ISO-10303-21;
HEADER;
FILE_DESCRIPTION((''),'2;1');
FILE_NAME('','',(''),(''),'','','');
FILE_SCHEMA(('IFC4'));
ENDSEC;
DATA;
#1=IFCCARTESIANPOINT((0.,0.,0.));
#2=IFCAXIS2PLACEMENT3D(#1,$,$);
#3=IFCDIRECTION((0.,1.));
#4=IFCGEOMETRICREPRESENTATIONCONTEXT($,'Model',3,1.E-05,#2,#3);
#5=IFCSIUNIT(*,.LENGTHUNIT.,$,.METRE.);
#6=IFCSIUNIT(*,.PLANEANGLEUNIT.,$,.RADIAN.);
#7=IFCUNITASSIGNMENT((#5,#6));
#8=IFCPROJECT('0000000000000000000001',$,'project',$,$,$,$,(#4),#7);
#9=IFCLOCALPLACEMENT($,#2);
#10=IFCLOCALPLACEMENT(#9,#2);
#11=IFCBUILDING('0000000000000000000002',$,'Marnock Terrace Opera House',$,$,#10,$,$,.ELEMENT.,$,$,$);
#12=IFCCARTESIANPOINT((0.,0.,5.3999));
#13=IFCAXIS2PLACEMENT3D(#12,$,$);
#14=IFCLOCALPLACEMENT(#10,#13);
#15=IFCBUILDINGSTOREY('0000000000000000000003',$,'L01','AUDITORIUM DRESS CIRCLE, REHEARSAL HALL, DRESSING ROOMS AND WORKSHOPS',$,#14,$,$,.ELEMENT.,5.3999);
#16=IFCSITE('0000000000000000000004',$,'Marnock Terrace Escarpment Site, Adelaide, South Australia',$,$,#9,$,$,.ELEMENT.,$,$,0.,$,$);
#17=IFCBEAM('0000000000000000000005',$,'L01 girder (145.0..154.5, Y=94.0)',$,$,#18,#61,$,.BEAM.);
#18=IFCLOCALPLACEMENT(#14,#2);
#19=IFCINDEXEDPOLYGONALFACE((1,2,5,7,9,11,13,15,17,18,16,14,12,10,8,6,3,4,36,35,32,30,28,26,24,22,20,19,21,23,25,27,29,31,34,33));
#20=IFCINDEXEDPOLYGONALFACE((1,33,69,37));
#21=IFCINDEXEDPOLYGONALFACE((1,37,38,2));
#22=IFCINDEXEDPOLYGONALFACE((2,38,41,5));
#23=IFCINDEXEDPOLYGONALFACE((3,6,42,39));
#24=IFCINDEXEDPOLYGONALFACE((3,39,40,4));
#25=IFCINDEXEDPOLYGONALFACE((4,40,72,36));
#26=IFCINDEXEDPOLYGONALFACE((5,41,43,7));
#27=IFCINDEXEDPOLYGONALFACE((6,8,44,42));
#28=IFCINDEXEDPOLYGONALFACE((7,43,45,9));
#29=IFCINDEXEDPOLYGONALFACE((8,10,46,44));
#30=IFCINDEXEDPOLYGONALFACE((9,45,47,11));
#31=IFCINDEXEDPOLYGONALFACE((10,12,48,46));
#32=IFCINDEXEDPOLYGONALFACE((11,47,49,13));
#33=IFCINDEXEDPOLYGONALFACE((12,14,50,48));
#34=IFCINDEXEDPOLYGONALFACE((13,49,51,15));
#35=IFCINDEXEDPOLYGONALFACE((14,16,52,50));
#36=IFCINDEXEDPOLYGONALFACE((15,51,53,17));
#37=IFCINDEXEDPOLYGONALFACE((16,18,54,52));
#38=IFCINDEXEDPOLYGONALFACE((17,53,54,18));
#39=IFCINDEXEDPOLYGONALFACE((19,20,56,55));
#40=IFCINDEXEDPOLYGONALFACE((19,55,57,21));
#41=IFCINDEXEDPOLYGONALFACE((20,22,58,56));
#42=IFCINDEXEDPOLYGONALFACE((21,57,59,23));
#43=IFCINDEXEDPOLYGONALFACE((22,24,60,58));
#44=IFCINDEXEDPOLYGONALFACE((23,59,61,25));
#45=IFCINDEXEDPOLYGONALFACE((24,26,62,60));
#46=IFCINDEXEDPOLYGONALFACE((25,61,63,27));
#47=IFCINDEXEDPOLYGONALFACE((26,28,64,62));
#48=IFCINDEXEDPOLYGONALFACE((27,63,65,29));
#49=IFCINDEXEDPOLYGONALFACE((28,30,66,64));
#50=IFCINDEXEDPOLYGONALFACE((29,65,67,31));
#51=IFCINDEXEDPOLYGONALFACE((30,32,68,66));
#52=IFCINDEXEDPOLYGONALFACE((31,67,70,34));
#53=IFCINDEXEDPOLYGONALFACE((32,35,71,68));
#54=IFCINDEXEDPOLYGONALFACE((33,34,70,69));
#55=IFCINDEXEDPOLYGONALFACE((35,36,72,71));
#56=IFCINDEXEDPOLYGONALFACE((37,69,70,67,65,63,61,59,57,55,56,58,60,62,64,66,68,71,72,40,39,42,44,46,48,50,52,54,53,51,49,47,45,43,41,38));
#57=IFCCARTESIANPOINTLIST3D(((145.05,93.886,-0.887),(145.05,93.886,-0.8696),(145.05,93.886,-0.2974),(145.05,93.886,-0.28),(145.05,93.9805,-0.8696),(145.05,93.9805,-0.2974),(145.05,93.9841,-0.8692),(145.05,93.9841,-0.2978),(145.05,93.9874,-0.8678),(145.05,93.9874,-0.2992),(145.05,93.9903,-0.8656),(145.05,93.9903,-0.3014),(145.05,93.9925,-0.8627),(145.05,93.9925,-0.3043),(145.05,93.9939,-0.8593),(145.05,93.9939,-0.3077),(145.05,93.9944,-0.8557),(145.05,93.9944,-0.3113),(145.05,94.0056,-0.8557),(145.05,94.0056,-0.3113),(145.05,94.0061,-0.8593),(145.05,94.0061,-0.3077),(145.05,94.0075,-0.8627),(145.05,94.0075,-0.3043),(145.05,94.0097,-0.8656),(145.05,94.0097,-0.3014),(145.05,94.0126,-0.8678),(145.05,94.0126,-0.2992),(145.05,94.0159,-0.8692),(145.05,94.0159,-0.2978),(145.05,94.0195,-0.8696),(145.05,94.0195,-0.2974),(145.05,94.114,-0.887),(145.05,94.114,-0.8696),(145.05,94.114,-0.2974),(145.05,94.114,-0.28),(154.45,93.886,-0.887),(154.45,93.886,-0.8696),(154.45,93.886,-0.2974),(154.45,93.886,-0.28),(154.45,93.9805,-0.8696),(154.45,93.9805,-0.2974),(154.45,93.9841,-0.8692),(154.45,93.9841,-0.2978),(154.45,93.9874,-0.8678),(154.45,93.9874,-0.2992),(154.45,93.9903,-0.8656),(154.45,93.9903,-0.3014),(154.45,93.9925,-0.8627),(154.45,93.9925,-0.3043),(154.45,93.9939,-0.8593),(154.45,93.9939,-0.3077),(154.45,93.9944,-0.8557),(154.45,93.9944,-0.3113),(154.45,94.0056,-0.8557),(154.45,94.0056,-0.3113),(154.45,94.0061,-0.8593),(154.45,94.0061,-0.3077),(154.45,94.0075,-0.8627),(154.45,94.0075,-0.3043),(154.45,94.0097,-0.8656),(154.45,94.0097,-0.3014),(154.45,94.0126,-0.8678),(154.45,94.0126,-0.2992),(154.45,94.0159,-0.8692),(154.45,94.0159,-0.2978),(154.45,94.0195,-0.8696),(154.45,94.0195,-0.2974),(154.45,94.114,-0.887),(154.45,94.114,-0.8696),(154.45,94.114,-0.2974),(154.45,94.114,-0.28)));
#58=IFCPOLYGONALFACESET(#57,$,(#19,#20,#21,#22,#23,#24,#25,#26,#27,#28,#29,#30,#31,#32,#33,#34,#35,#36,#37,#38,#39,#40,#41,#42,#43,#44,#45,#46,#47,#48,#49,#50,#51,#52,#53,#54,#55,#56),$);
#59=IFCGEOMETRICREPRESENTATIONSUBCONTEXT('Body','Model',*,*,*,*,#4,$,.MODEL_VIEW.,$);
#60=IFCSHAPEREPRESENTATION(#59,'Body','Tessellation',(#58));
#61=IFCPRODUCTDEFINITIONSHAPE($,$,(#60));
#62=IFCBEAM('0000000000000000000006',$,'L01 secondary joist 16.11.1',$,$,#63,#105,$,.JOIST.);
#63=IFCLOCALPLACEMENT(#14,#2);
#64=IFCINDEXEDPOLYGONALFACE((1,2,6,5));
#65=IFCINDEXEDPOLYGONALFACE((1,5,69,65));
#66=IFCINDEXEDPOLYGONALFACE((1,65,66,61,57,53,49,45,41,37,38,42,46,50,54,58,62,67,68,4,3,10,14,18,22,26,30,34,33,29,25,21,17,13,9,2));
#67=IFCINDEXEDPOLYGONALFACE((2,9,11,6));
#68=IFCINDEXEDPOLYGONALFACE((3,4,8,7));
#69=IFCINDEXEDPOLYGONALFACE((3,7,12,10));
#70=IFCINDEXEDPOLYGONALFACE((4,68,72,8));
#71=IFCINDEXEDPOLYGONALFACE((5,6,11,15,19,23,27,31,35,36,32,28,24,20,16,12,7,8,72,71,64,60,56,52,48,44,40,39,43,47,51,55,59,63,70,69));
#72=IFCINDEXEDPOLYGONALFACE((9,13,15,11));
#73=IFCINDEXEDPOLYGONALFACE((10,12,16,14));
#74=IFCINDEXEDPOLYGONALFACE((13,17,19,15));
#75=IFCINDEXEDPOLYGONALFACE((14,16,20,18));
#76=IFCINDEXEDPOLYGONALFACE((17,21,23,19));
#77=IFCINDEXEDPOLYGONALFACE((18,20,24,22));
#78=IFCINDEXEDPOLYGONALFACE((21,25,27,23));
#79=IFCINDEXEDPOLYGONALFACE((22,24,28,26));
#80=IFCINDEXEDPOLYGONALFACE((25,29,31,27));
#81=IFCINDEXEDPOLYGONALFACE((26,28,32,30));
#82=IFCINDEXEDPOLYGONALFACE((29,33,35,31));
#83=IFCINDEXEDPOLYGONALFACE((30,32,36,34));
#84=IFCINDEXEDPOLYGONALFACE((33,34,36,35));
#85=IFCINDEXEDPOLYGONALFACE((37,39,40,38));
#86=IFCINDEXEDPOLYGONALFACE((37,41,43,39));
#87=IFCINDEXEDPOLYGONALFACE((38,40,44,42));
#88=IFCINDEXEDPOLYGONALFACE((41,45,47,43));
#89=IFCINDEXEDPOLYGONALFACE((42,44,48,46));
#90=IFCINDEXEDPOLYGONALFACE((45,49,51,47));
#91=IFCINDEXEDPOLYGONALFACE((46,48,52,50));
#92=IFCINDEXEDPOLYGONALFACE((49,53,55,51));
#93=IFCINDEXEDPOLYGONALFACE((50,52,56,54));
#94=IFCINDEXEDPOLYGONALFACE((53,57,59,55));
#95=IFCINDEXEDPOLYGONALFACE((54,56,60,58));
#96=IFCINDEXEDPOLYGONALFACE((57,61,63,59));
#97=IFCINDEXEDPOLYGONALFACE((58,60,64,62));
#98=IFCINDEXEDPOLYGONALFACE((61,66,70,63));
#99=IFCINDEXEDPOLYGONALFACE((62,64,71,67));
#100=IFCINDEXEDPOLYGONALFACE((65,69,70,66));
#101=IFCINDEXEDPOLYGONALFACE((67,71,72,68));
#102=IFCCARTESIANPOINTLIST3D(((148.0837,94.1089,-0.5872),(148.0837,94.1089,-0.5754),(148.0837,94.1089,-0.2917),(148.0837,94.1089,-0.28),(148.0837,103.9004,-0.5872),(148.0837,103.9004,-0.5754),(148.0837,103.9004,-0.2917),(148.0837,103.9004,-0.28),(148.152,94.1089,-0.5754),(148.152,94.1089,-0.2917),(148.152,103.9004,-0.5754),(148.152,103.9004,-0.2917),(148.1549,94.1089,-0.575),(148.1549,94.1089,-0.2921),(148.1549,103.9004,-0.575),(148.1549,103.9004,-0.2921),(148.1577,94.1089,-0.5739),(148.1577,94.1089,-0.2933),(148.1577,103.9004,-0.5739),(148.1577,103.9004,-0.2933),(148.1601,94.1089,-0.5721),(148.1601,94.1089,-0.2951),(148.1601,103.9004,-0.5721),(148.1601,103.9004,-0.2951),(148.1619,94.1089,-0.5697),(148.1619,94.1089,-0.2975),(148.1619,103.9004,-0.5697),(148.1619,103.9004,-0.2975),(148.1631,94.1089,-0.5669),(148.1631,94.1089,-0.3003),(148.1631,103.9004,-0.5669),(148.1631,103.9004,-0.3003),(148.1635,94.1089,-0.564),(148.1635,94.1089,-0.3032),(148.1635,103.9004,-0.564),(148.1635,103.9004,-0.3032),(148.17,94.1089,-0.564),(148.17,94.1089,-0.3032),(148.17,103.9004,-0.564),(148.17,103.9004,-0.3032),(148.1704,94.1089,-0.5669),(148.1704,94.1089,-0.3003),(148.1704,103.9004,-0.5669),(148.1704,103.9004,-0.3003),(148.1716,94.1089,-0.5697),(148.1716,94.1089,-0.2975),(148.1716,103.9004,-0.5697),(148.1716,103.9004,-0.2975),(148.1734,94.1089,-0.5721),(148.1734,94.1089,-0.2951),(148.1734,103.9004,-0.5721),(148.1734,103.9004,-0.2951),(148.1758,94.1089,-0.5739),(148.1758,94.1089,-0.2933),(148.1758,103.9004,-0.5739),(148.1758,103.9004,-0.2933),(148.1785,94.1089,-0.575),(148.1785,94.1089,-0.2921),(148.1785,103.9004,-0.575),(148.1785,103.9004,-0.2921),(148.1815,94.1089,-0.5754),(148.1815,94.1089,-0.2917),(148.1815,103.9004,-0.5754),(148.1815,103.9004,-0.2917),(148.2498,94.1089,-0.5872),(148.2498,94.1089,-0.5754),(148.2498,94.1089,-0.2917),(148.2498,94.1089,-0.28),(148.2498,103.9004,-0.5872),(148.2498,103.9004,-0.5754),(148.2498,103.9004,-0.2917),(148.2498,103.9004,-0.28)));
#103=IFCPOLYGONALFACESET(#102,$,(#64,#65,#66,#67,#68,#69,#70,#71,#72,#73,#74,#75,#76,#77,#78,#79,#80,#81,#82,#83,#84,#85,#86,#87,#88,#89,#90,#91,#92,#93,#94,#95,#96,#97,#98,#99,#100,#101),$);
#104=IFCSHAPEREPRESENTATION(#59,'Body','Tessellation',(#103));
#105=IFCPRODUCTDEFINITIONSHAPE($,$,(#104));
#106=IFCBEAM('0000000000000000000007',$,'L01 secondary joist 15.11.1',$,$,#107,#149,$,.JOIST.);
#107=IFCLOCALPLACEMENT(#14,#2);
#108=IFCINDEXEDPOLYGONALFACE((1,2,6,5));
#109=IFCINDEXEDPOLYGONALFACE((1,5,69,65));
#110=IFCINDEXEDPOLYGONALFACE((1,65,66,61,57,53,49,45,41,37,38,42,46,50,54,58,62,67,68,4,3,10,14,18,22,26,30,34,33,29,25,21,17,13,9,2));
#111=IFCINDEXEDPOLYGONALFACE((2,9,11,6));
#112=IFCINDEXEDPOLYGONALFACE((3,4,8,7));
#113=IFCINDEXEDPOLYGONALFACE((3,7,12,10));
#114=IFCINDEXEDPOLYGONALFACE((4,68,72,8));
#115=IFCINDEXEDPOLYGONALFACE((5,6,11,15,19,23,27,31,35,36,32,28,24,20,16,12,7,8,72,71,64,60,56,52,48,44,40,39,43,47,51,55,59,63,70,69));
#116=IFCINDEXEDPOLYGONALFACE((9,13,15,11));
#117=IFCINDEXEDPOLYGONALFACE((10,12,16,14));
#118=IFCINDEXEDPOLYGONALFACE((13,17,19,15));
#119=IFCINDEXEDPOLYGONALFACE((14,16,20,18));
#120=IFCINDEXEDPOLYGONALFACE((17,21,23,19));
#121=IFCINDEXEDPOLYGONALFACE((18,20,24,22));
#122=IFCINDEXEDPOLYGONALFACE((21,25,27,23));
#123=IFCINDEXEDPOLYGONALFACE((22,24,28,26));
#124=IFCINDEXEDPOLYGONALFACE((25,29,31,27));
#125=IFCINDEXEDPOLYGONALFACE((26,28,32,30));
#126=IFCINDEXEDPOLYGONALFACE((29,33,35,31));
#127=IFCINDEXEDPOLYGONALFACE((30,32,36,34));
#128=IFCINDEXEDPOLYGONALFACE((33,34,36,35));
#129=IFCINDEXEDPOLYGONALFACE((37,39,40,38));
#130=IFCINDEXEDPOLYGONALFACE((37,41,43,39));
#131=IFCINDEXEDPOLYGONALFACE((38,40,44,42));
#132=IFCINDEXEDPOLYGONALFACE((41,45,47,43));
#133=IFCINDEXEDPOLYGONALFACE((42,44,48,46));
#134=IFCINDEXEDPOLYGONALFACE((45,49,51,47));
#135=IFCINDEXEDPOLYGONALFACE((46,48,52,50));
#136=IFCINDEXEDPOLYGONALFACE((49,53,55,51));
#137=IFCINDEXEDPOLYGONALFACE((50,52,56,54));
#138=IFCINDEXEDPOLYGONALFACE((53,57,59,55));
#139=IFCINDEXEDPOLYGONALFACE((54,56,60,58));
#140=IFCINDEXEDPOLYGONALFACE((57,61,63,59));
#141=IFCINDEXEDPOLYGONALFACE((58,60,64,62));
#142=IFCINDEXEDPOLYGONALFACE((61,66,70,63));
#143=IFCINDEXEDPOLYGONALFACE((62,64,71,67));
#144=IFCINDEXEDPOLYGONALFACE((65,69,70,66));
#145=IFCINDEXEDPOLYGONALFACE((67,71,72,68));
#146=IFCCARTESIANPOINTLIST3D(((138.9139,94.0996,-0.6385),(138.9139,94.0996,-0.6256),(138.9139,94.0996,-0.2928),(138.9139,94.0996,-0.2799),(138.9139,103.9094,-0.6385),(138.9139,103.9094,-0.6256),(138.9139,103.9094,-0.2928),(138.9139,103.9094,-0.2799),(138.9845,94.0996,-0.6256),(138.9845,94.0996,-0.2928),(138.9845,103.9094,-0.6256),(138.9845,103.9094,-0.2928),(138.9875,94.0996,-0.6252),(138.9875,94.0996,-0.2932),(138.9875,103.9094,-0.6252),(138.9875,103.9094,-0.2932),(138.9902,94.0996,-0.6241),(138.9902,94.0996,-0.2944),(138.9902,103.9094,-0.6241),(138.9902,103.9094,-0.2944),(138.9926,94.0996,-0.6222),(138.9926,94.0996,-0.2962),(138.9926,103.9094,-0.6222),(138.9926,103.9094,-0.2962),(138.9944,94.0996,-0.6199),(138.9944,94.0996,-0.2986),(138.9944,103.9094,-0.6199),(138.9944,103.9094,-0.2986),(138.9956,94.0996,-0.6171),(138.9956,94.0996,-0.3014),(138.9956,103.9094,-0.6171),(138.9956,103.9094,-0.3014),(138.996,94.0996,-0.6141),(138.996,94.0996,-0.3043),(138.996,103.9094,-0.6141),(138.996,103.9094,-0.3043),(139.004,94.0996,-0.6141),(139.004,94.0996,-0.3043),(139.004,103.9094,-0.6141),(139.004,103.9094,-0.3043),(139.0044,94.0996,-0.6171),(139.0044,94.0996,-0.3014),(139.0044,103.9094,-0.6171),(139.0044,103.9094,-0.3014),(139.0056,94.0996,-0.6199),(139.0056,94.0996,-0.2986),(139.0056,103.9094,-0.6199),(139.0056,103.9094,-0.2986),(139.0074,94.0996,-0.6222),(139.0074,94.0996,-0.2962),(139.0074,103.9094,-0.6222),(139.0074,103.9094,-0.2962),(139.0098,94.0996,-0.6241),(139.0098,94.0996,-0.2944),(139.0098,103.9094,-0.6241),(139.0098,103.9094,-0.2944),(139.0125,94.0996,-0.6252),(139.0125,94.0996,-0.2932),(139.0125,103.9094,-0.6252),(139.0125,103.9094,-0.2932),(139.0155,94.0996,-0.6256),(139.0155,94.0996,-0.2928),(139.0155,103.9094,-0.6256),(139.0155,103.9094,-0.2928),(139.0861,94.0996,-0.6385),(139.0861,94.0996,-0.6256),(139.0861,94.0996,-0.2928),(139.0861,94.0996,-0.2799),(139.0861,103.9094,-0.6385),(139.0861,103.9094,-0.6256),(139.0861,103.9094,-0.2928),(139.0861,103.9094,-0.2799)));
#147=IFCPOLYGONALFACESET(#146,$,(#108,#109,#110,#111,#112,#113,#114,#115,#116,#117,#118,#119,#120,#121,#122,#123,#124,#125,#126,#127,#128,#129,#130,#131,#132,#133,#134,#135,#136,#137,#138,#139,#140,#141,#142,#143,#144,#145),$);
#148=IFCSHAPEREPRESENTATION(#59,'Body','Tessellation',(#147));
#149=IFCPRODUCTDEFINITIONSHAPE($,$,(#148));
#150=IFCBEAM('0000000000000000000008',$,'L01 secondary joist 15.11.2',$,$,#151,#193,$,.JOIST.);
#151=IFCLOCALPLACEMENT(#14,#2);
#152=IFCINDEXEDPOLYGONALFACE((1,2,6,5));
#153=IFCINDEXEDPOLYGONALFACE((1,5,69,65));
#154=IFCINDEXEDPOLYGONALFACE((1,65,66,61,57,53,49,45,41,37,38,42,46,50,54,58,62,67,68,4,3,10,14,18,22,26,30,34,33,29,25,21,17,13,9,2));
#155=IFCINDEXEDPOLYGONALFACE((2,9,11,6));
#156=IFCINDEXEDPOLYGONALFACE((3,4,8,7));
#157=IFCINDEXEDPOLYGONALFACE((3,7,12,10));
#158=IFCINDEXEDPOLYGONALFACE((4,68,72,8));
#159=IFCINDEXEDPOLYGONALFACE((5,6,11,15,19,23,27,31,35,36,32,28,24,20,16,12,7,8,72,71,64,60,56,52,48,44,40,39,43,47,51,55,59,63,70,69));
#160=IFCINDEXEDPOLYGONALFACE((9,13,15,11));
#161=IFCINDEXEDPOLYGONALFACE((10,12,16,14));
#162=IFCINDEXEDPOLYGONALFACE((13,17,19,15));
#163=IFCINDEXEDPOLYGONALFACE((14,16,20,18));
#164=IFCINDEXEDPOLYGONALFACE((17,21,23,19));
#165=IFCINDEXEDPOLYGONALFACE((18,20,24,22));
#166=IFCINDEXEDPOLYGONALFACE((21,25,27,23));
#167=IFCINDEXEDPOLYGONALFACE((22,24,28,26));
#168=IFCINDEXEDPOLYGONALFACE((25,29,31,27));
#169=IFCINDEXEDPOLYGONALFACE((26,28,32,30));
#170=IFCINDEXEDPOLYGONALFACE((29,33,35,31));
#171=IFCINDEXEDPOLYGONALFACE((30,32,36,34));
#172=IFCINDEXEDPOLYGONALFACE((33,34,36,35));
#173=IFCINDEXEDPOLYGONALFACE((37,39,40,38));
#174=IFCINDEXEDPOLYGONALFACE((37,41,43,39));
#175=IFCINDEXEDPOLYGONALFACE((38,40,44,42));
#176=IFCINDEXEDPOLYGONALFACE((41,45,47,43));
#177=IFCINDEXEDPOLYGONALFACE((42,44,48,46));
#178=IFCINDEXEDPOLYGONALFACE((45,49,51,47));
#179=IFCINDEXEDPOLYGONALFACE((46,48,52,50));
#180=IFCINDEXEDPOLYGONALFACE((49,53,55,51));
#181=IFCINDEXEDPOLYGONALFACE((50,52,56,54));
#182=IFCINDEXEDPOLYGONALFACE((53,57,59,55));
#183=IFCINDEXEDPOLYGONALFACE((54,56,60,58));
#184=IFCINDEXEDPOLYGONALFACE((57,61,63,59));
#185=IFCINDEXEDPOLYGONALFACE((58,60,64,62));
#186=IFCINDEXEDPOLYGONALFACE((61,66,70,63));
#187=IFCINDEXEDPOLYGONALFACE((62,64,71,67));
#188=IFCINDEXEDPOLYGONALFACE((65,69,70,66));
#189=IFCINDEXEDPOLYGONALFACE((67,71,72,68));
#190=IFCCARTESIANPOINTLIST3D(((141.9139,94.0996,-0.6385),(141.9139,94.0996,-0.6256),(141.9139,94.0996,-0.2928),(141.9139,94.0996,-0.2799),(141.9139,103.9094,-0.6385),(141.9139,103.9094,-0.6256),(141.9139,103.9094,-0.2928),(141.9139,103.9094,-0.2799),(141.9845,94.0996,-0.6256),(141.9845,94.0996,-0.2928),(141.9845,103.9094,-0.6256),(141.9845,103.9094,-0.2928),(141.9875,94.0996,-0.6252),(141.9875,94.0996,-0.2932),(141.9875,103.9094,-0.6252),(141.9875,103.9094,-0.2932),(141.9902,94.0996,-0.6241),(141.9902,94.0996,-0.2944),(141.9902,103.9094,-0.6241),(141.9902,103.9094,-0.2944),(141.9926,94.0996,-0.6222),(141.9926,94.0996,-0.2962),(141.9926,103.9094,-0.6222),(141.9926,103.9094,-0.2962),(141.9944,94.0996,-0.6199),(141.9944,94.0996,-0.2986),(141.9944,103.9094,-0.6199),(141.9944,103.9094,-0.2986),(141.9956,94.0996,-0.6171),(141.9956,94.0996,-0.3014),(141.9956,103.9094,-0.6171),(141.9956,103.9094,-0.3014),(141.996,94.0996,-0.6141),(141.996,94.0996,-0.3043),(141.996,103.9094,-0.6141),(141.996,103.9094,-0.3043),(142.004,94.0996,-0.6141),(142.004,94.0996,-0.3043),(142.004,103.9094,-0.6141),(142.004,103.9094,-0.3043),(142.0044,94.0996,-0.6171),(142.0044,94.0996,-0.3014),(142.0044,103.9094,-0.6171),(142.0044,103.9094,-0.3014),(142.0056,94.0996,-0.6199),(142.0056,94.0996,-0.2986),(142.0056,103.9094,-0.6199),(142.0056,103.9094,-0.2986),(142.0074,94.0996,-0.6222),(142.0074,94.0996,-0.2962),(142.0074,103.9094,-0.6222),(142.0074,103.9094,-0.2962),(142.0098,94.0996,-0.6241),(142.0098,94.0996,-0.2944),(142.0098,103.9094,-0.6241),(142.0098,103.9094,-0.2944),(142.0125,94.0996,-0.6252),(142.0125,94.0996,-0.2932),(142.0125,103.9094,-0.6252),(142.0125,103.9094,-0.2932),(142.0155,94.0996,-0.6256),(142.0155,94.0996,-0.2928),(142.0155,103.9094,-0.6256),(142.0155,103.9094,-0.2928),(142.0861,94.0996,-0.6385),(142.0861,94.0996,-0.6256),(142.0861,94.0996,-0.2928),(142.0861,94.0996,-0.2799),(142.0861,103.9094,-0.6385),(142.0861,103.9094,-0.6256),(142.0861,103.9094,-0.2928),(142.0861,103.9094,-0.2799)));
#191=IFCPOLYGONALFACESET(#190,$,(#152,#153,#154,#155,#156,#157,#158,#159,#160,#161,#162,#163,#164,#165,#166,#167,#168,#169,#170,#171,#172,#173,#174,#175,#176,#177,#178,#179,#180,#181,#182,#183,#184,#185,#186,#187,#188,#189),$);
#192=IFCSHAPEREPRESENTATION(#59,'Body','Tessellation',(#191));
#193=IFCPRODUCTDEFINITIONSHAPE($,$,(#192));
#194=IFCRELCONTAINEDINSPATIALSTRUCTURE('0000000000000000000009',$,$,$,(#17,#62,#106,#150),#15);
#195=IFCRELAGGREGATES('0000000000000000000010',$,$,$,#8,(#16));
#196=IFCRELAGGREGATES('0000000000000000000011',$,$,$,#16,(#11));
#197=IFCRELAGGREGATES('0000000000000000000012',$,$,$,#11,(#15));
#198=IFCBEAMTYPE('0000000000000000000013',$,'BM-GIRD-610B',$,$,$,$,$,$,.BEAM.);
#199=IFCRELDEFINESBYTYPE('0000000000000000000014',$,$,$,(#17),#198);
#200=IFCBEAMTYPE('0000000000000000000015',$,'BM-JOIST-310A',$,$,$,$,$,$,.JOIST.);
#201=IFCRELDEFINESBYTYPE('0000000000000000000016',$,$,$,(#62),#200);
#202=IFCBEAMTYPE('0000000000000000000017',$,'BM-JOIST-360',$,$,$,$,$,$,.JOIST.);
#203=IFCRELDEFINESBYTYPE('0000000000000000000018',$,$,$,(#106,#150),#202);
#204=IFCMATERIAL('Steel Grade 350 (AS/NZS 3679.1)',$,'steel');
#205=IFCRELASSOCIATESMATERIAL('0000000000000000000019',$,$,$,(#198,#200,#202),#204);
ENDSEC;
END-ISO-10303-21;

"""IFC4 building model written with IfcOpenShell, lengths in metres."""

from ifc_helpers import new_model, si_unit, direction, frame, origin, origin_2d, place, context, subcontext, project, spatial, i_section, extrude, material, material_profile, profile_set, type_object, element, save


model = new_model("IFC4")

# Units and contexts
model_context = context("Model", 3, precision=1e-05, world=origin(), true_north=direction((0.0, 1.0)))
body_context = subcontext(model_context, "Body", "Model", "MODEL_VIEW")
ifc_project = project(units=[si_unit("LENGTHUNIT", "METRE"), si_unit("PLANEANGLEUNIT", "RADIAN")], contexts=[model_context])

# Site, building, storey
site_placement = place(None, origin())
site = spatial("IfcSite", under=ifc_project, at=site_placement, Name="Marnock Terrace Escarpment Site, Adelaide, South Australia", CompositionType="ELEMENT", RefElevation=0.0)
building_placement = place(site_placement, origin())
building = spatial("IfcBuilding", under=site, at=building_placement, Name="Marnock Terrace Opera House", CompositionType="ELEMENT")
storey_placement = place(building_placement, frame((0.0, 0.0, 5.3999)))
storey = spatial("IfcBuildingStorey", under=building, at=storey_placement, Name="L01", Description="AUDITORIUM DRESS CIRCLE, REHEARSAL HALL, DRESSING ROOMS AND WORKSHOPS", CompositionType="ELEMENT", Elevation=5.3999)

# Shared definitions
ifc_material_1 = material(Name="Steel Grade 350 (AS/NZS 3679.1)", Category="steel")

# Beams
ifc_material_profile_1 = material_profile(ifc_material_1, i_section(OverallWidth=0.228, OverallDepth=0.6069, WebThickness=0.0112, FlangeThickness=0.0173, FilletRadius=0.0139, at=origin_2d()))
ifc_profile_set_1 = profile_set([ifc_material_profile_1], Name="Steel Grade 350 (AS/NZS 3679.1)")
beam_type_1 = type_object("IfcBeamType", Name="BM-GIRD-610B", PredefinedType="BEAM", material=ifc_profile_set_1)
beam_1_placement = place(storey_placement, frame((145.05, 94.0, -0.5835), z_axis=(1.0, 0.0, 0.0), x_axis=(0.0, 1.0, 0.0)))
element("IfcBeam", 1, at=beam_1_placement, inside=storey, type_object=beam_type_1, Name="L01 girder (145.0..154.5, Y=94.0)", PredefinedType="BEAM", context=body_context, shape_type="SweptSolid", body=[
    extrude(i_section(OverallWidth=0.228, OverallDepth=0.6069, WebThickness=0.0112, FlangeThickness=0.0173, FilletRadius=0.0139, at=origin_2d()), origin(), (0.0, 0.0, 1.0), 9.3999),
])
ifc_material_profile_2 = material_profile(ifc_material_1, i_section(OverallWidth=0.166, OverallDepth=0.3071, WebThickness=0.0066, FlangeThickness=0.0117, FilletRadius=0.0115, at=origin_2d()))
ifc_profile_set_2 = profile_set([ifc_material_profile_2], Name="Steel Grade 350 (AS/NZS 3679.1)")
beam_type_2 = type_object("IfcBeamType", Name="BM-JOIST-310A", PredefinedType="JOIST", material=ifc_profile_set_2)
beam_2_placement = place(storey_placement, frame((148.1667, 94.1089, -0.4336), z_axis=(0.0, 1.0, 0.0), x_axis=(-1.0, 0.0, 0.0)))
element("IfcBeam", 2, at=beam_2_placement, inside=storey, type_object=beam_type_2, Name="L01 secondary joist 16.11.1", PredefinedType="JOIST", context=body_context, shape_type="SweptSolid", body=[
    extrude(i_section(OverallWidth=0.166, OverallDepth=0.3071, WebThickness=0.0066, FlangeThickness=0.0117, FilletRadius=0.0115, at=origin_2d()), origin(), (0.0, 0.0, 1.0), 9.7915),
])
ifc_material_profile_3 = material_profile(ifc_material_1, i_section(OverallWidth=0.1721, OverallDepth=0.3586, WebThickness=0.0081, FlangeThickness=0.0129, FilletRadius=0.0115, at=origin_2d()))
ifc_profile_set_3 = profile_set([ifc_material_profile_3], Name="Steel Grade 350 (AS/NZS 3679.1)")
beam_type_3 = type_object("IfcBeamType", Name="BM-JOIST-360", PredefinedType="JOIST", material=ifc_profile_set_3)
for number, where, z_axis, x_axis, name in (
    (3, (139.0, 94.0996, -0.4592), (0.0, 1.0, 0.0), (-1.0, 0.0, 0.0), "L01 secondary joist 15.11.1"),
    (4, (142.0, 94.0996, -0.4592), (0.0, 1.0, 0.0), (-1.0, 0.0, 0.0), "L01 secondary joist 15.11.2"),
):
    element("IfcBeam", number, at=place(storey_placement, frame(where, z_axis=z_axis, x_axis=x_axis)), inside=storey, type_object=beam_type_3, Name=name, PredefinedType="JOIST", context=body_context, shape_type="SweptSolid", body=[
        extrude(i_section(OverallWidth=0.1721, OverallDepth=0.3586, WebThickness=0.0081, FlangeThickness=0.0129, FilletRadius=0.0115, at=origin_2d()), origin(), (0.0, 0.0, 1.0), 9.8098),
    ])

save(model, "model.ifc")
